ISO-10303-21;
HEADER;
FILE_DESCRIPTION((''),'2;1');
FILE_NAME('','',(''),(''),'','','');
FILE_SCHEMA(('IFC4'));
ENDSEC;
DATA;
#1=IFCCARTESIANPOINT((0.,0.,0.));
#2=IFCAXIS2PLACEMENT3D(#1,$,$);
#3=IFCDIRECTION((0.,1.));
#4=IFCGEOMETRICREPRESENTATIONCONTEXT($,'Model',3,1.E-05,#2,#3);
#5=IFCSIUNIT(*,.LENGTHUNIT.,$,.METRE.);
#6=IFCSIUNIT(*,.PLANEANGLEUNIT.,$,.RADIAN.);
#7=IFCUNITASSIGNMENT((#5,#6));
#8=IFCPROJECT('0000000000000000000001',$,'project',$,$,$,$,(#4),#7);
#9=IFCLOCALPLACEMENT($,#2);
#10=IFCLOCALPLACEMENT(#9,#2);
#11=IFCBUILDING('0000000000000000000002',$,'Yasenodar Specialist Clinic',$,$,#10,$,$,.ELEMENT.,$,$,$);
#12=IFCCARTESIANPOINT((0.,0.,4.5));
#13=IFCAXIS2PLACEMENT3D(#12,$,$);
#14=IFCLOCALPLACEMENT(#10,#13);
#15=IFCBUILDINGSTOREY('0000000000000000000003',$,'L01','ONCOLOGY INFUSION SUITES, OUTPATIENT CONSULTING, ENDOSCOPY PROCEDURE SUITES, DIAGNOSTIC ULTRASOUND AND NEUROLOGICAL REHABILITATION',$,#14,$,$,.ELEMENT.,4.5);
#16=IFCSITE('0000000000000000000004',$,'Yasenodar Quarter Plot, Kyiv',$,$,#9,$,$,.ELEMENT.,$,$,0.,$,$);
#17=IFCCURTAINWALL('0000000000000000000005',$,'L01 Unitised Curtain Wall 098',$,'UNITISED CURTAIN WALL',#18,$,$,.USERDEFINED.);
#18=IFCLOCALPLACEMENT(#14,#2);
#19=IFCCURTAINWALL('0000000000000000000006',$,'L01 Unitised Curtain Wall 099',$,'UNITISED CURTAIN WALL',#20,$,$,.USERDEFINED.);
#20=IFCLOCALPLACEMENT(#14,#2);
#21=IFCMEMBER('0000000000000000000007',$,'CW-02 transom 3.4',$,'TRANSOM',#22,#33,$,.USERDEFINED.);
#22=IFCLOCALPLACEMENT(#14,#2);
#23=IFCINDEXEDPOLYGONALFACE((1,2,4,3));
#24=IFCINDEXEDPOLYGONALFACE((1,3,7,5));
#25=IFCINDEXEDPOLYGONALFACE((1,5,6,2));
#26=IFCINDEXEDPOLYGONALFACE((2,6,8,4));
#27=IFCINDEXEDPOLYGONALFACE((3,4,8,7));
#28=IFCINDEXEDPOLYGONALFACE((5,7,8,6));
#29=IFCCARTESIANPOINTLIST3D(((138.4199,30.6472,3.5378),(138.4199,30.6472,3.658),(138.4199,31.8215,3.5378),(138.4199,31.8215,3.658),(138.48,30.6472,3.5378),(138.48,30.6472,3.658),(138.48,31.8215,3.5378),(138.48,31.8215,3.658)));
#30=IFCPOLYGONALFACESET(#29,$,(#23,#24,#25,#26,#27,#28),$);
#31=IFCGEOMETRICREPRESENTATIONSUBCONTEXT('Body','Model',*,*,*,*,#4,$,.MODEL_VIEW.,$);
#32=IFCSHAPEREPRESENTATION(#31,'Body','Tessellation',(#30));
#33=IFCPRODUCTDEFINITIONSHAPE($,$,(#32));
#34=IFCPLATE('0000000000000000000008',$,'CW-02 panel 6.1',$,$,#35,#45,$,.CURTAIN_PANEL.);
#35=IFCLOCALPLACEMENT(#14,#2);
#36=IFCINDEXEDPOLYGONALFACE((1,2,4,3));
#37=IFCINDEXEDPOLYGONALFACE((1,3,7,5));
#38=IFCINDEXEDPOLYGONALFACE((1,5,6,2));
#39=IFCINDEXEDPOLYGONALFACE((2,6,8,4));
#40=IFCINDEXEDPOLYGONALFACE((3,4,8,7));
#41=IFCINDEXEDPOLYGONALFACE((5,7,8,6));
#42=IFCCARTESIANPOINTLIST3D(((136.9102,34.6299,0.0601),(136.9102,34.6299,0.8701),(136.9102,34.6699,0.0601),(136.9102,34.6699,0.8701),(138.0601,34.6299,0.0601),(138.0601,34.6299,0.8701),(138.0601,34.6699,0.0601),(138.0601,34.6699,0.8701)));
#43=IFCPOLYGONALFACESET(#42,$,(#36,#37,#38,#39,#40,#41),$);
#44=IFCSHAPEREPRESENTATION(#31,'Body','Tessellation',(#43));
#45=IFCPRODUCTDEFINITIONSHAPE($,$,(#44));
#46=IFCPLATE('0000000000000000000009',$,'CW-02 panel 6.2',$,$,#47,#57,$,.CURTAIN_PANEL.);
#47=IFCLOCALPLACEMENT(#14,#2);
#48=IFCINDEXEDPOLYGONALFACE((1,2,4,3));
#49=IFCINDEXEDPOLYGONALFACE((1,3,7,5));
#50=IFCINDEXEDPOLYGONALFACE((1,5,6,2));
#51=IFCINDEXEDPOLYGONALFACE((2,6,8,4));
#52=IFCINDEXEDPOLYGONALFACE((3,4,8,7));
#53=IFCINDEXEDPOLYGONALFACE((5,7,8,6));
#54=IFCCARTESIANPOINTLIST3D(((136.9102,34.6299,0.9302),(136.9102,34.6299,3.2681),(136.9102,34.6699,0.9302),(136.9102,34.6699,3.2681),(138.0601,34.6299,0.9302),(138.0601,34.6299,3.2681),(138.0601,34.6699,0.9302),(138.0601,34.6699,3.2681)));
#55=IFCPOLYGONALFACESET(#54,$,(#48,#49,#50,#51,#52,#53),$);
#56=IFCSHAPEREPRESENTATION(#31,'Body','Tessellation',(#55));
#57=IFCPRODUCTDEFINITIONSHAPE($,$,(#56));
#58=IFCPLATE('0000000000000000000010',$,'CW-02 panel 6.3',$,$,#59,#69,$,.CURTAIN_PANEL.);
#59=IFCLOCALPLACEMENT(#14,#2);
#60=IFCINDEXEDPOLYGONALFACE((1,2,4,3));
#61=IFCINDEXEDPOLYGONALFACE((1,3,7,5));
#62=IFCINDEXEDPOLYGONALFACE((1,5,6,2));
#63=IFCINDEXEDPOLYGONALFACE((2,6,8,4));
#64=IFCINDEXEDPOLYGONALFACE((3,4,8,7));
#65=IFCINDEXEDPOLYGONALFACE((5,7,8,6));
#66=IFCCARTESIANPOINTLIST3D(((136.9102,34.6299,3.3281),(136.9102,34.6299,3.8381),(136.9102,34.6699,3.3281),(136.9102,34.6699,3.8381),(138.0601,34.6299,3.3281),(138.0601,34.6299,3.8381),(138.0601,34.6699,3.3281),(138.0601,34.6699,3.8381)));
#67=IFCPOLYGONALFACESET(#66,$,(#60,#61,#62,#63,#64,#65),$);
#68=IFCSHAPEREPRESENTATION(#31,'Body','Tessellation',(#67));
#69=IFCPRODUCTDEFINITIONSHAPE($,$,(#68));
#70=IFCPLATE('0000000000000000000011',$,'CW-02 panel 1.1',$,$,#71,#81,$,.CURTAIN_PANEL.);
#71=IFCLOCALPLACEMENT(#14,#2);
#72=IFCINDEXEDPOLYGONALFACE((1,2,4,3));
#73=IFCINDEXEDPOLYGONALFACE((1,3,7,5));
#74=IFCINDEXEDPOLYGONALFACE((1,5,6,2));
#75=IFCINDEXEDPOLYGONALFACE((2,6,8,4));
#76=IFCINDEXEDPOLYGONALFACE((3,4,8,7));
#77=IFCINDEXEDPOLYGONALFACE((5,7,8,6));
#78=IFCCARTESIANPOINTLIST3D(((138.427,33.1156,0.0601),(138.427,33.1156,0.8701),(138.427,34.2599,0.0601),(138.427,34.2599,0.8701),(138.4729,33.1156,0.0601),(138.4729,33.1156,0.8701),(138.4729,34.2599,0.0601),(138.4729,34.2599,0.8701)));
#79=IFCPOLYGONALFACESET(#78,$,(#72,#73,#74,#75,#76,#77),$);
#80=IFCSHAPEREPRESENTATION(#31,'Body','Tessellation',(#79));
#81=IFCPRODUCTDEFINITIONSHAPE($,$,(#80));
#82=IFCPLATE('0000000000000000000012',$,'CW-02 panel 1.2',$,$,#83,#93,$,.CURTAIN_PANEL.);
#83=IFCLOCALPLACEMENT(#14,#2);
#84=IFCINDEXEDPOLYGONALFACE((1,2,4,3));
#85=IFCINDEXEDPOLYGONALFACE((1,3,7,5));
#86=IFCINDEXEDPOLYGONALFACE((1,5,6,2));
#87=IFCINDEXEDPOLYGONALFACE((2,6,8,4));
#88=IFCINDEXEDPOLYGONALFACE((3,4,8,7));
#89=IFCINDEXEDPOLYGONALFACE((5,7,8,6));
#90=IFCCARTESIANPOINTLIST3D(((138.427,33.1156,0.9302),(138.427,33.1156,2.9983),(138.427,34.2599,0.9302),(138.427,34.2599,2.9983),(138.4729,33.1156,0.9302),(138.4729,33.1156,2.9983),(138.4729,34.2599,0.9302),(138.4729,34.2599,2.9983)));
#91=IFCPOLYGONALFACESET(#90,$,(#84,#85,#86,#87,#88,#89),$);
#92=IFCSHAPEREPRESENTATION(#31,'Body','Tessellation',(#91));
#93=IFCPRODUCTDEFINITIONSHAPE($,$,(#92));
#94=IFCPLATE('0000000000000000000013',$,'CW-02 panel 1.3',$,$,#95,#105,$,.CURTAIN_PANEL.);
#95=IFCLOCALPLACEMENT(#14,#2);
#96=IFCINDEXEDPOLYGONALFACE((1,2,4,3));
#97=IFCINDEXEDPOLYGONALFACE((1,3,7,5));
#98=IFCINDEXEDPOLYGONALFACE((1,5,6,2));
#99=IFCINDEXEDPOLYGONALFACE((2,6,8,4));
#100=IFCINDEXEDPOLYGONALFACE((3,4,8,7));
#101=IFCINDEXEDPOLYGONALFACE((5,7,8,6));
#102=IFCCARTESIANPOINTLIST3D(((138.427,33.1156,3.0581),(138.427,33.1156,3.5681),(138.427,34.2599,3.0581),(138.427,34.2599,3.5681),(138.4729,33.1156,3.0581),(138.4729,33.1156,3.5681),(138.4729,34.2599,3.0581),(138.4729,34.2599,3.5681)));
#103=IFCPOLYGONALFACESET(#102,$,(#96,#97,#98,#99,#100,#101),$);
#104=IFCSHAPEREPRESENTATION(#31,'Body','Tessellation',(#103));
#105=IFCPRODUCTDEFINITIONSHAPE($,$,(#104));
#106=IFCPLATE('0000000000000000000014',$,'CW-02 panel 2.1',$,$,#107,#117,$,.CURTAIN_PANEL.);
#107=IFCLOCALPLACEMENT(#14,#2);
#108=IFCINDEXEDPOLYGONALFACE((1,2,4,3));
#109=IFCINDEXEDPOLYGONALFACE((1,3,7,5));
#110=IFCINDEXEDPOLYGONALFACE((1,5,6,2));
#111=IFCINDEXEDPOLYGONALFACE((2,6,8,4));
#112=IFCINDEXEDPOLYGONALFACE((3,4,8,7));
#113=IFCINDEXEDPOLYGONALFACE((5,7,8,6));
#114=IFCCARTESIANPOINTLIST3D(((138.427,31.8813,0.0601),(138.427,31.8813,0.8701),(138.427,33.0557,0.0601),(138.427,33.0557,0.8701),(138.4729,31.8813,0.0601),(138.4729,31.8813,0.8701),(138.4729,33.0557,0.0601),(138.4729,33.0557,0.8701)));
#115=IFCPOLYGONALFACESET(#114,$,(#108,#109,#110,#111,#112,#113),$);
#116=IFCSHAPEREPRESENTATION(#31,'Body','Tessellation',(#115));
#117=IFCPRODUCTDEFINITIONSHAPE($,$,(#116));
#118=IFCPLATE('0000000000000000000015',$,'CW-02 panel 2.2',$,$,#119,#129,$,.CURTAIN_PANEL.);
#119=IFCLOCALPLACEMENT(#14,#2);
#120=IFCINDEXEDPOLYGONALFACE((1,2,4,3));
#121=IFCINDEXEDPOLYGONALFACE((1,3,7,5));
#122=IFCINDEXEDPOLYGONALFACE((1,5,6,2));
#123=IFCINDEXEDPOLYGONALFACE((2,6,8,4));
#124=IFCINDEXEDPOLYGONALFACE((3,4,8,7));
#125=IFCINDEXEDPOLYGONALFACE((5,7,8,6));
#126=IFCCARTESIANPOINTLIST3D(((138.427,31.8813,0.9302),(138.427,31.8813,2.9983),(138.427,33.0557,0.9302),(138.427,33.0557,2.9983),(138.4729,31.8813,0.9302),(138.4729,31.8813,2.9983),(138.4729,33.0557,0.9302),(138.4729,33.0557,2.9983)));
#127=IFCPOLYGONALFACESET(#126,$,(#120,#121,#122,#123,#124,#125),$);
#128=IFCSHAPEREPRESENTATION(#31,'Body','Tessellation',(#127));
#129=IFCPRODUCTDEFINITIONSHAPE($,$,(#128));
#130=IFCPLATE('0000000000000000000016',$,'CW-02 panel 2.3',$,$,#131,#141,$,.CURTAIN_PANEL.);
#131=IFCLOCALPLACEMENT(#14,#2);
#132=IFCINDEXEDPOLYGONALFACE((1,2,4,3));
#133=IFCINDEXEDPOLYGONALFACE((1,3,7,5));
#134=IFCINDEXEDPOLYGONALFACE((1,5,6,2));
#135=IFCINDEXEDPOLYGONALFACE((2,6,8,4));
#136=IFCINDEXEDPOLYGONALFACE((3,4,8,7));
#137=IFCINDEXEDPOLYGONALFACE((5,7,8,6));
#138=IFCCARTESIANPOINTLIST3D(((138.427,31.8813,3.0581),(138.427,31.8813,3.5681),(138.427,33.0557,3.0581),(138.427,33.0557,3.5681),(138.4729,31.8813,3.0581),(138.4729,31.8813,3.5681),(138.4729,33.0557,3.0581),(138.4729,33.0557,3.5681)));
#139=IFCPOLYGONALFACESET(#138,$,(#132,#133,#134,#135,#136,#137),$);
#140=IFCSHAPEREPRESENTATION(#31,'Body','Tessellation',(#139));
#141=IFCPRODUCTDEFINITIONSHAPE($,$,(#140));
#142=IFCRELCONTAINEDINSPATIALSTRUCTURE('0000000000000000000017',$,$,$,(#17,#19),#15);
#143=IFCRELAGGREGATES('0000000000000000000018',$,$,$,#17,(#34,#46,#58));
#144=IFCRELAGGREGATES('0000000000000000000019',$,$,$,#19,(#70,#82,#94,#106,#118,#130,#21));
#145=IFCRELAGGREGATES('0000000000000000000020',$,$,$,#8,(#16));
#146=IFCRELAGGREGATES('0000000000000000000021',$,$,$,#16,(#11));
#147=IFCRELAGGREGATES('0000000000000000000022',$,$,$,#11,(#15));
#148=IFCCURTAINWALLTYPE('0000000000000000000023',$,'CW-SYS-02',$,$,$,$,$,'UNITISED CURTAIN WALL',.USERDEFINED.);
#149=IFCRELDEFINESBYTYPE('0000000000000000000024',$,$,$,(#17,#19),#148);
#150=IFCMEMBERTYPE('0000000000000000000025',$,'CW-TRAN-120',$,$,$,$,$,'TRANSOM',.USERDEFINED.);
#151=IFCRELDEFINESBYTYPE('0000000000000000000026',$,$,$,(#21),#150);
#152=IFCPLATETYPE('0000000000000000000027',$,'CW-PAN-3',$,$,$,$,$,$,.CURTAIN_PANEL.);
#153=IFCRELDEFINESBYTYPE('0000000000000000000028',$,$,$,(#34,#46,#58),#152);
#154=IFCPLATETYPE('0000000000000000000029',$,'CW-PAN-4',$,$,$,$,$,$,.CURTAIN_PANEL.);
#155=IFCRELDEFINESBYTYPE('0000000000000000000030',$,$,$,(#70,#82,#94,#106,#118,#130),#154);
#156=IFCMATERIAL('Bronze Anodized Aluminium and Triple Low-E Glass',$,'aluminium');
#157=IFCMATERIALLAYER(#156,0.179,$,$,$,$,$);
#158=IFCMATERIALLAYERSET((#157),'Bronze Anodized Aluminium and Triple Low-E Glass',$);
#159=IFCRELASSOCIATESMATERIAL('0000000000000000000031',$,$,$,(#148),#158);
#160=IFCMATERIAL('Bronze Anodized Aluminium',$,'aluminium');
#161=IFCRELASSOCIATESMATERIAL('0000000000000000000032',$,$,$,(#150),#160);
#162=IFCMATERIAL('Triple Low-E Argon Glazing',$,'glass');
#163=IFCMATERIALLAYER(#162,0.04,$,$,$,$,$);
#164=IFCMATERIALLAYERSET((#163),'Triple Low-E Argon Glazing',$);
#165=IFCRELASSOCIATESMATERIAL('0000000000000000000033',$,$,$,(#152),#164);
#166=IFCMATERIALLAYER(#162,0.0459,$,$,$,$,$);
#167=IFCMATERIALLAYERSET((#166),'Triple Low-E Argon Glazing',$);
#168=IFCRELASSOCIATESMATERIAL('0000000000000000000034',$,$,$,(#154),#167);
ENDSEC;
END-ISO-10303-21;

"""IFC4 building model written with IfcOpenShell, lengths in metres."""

from ifc_helpers import new_model, si_unit, direction, frame, origin, origin_2d, place, context, subcontext, project, spatial, rectangle, extrude, material, layer, layer_set, material_profile, profile_set, type_object, element, aggregate, save


model = new_model("IFC4")

# Units and contexts
model_context = context("Model", 3, precision=1e-05, world=origin(), true_north=direction((0.0, 1.0)))
body_context = subcontext(model_context, "Body", "Model", "MODEL_VIEW")
ifc_project = project(units=[si_unit("LENGTHUNIT", "METRE"), si_unit("PLANEANGLEUNIT", "RADIAN")], contexts=[model_context])

# Site, building, storey
site_placement = place(None, origin())
site = spatial("IfcSite", under=ifc_project, at=site_placement, Name="Yasenodar Quarter Plot, Kyiv", CompositionType="ELEMENT", RefElevation=0.0)
building_placement = place(site_placement, origin())
building = spatial("IfcBuilding", under=site, at=building_placement, Name="Yasenodar Specialist Clinic", CompositionType="ELEMENT")
storey_placement = place(building_placement, frame((0.0, 0.0, 4.5)))
storey = spatial("IfcBuildingStorey", under=building, at=storey_placement, Name="L01", Description="ONCOLOGY INFUSION SUITES, OUTPATIENT CONSULTING, ENDOSCOPY PROCEDURE SUITES, DIAGNOSTIC ULTRASOUND AND NEUROLOGICAL REHABILITATION", CompositionType="ELEMENT", Elevation=4.5)

# Curtain wall
ifc_material_1 = material(Name="Bronze Anodized Aluminium and Triple Low-E Glass", Category="aluminium")
ifc_layer_1 = layer(ifc_material_1, 0.179)
ifc_layer_set_1 = layer_set([ifc_layer_1], Name="Bronze Anodized Aluminium and Triple Low-E Glass")
curtain_wall_type = type_object("IfcCurtainWallType", Name="CW-SYS-02", ElementType="UNITISED CURTAIN WALL", PredefinedType="USERDEFINED", material=ifc_layer_set_1)
curtain_wall_1_placement = place(storey_placement, origin())
curtain_wall_1 = element("IfcCurtainWall", 1, at=curtain_wall_1_placement, inside=storey, type_object=curtain_wall_type, Name="L01 Unitised Curtain Wall 098", ObjectType="UNITISED CURTAIN WALL", PredefinedType="USERDEFINED")
ifc_material_2 = material(Name="Bronze Anodized Aluminium", Category="aluminium")

# Curtain wall
curtain_wall_2_placement = place(storey_placement, origin())
curtain_wall_2 = element("IfcCurtainWall", 2, at=curtain_wall_2_placement, inside=storey, type_object=curtain_wall_type, Name="L01 Unitised Curtain Wall 099", ObjectType="UNITISED CURTAIN WALL", PredefinedType="USERDEFINED")

# Member
ifc_material_profile_1 = material_profile(ifc_material_2, rectangle(XDim=0.0601, YDim=0.1201, at=origin_2d()), Name="CW-TRAN 60x120")
ifc_profile_set_1 = profile_set([ifc_material_profile_1], Name="Bronze Anodized Aluminium")
member_type_1 = type_object("IfcMemberType", Name="CW-TRAN-120", ElementType="TRANSOM", PredefinedType="USERDEFINED", material=ifc_profile_set_1)
member_1_placement = place(storey_placement, frame((138.45, 31.8215, 3.5979), z_axis=(0.0, -1.0, 0.0), x_axis=(1.0, 0.0, 0.0)))
member_1 = element("IfcMember", 3, at=member_1_placement, type_object=member_type_1, Name="CW-02 transom 3.4", ObjectType="TRANSOM", PredefinedType="USERDEFINED", context=body_context, shape_type="SweptSolid", body=[
    extrude(rectangle(XDim=0.0601, YDim=0.1201, at=origin_2d()), origin(), (0.0, 0.0, 1.0), 1.1743),
])

# Plates
ifc_material_3 = material(Name="Triple Low-E Argon Glazing", Category="glass")
ifc_layer_2 = layer(ifc_material_3, 0.04)
ifc_layer_set_2 = layer_set([ifc_layer_2], Name="Triple Low-E Argon Glazing")
plate_type_1 = type_object("IfcPlateType", Name="CW-PAN-3", PredefinedType="CURTAIN_PANEL", material=ifc_layer_set_2)
plate_1_placement = place(storey_placement, frame((137.4851, 34.6499, 0.0601), z_axis=(0.0, 0.0, 1.0), x_axis=(1.0, 0.0, 0.0)))
plate_1 = element("IfcPlate", 4, at=plate_1_placement, type_object=plate_type_1, Name="CW-02 panel 6.1", PredefinedType="CURTAIN_PANEL", context=body_context, shape_type="SweptSolid", body=[
    extrude(rectangle(XDim=1.1499, YDim=0.04, at=origin_2d()), origin(), (0.0, 0.0, 1.0), 0.8101),
])
plate_2_placement = place(storey_placement, frame((137.4851, 34.6499, 0.9302), z_axis=(0.0, 0.0, 1.0), x_axis=(1.0, 0.0, 0.0)))
plate_2 = element("IfcPlate", 5, at=plate_2_placement, type_object=plate_type_1, Name="CW-02 panel 6.2", PredefinedType="CURTAIN_PANEL", context=body_context, shape_type="SweptSolid", body=[
    extrude(rectangle(XDim=1.1499, YDim=0.04, at=origin_2d()), origin(), (0.0, 0.0, 1.0), 2.3379),
])
plate_3_placement = place(storey_placement, frame((137.4851, 34.6499, 3.3281), z_axis=(0.0, 0.0, 1.0), x_axis=(1.0, 0.0, 0.0)))
plate_3 = element("IfcPlate", 6, at=plate_3_placement, type_object=plate_type_1, Name="CW-02 panel 6.3", PredefinedType="CURTAIN_PANEL", context=body_context, shape_type="SweptSolid", body=[
    extrude(rectangle(XDim=1.1499, YDim=0.04, at=origin_2d()), origin(), (0.0, 0.0, 1.0), 0.51),
])
aggregate(curtain_wall_1, [plate_1, plate_2, plate_3])
ifc_layer_3 = layer(ifc_material_3, 0.0459)
ifc_layer_set_3 = layer_set([ifc_layer_3], Name="Triple Low-E Argon Glazing")
plate_type_2 = type_object("IfcPlateType", Name="CW-PAN-4", PredefinedType="CURTAIN_PANEL", material=ifc_layer_set_3)
plate_4_placement = place(storey_placement, frame((138.45, 33.6877, 0.0601), z_axis=(0.0, 0.0, 1.0), x_axis=(0.0, -1.0, 0.0)))
plate_4 = element("IfcPlate", 7, at=plate_4_placement, type_object=plate_type_2, Name="CW-02 panel 1.1", PredefinedType="CURTAIN_PANEL", context=body_context, shape_type="SweptSolid", body=[
    extrude(rectangle(XDim=1.1443, YDim=0.0459, at=origin_2d()), origin(), (0.0, 0.0, 1.0), 0.8101),
])
plate_5_placement = place(storey_placement, frame((138.45, 33.6877, 0.9302), z_axis=(0.0, 0.0, 1.0), x_axis=(0.0, -1.0, 0.0)))
plate_5 = element("IfcPlate", 8, at=plate_5_placement, type_object=plate_type_2, Name="CW-02 panel 1.2", PredefinedType="CURTAIN_PANEL", context=body_context, shape_type="SweptSolid", body=[
    extrude(rectangle(XDim=1.1443, YDim=0.0459, at=origin_2d()), origin(), (0.0, 0.0, 1.0), 2.0681),
])
plate_6_placement = place(storey_placement, frame((138.45, 33.6877, 3.0581), z_axis=(0.0, 0.0, 1.0), x_axis=(0.0, -1.0, 0.0)))
plate_6 = element("IfcPlate", 9, at=plate_6_placement, type_object=plate_type_2, Name="CW-02 panel 1.3", PredefinedType="CURTAIN_PANEL", context=body_context, shape_type="SweptSolid", body=[
    extrude(rectangle(XDim=1.1443, YDim=0.0459, at=origin_2d()), origin(), (0.0, 0.0, 1.0), 0.51),
])
plate_7_placement = place(storey_placement, frame((138.45, 32.4685, 0.0601), z_axis=(0.0, 0.0, 1.0), x_axis=(0.0, -1.0, 0.0)))
plate_7 = element("IfcPlate", 10, at=plate_7_placement, type_object=plate_type_2, Name="CW-02 panel 2.1", PredefinedType="CURTAIN_PANEL", context=body_context, shape_type="SweptSolid", body=[
    extrude(rectangle(XDim=1.1743, YDim=0.0459, at=origin_2d()), origin(), (0.0, 0.0, 1.0), 0.8101),
])
plate_8_placement = place(storey_placement, frame((138.45, 32.4685, 0.9302), z_axis=(0.0, 0.0, 1.0), x_axis=(0.0, -1.0, 0.0)))
plate_8 = element("IfcPlate", 11, at=plate_8_placement, type_object=plate_type_2, Name="CW-02 panel 2.2", PredefinedType="CURTAIN_PANEL", context=body_context, shape_type="SweptSolid", body=[
    extrude(rectangle(XDim=1.1743, YDim=0.0459, at=origin_2d()), origin(), (0.0, 0.0, 1.0), 2.0681),
])
plate_9_placement = place(storey_placement, frame((138.45, 32.4685, 3.0581), z_axis=(0.0, 0.0, 1.0), x_axis=(0.0, -1.0, 0.0)))
plate_9 = element("IfcPlate", 12, at=plate_9_placement, type_object=plate_type_2, Name="CW-02 panel 2.3", PredefinedType="CURTAIN_PANEL", context=body_context, shape_type="SweptSolid", body=[
    extrude(rectangle(XDim=1.1743, YDim=0.0459, at=origin_2d()), origin(), (0.0, 0.0, 1.0), 0.51),
])
aggregate(curtain_wall_2, [plate_4, plate_5, plate_6, plate_7, plate_8, plate_9, member_1])

save(model, "model.ifc")
